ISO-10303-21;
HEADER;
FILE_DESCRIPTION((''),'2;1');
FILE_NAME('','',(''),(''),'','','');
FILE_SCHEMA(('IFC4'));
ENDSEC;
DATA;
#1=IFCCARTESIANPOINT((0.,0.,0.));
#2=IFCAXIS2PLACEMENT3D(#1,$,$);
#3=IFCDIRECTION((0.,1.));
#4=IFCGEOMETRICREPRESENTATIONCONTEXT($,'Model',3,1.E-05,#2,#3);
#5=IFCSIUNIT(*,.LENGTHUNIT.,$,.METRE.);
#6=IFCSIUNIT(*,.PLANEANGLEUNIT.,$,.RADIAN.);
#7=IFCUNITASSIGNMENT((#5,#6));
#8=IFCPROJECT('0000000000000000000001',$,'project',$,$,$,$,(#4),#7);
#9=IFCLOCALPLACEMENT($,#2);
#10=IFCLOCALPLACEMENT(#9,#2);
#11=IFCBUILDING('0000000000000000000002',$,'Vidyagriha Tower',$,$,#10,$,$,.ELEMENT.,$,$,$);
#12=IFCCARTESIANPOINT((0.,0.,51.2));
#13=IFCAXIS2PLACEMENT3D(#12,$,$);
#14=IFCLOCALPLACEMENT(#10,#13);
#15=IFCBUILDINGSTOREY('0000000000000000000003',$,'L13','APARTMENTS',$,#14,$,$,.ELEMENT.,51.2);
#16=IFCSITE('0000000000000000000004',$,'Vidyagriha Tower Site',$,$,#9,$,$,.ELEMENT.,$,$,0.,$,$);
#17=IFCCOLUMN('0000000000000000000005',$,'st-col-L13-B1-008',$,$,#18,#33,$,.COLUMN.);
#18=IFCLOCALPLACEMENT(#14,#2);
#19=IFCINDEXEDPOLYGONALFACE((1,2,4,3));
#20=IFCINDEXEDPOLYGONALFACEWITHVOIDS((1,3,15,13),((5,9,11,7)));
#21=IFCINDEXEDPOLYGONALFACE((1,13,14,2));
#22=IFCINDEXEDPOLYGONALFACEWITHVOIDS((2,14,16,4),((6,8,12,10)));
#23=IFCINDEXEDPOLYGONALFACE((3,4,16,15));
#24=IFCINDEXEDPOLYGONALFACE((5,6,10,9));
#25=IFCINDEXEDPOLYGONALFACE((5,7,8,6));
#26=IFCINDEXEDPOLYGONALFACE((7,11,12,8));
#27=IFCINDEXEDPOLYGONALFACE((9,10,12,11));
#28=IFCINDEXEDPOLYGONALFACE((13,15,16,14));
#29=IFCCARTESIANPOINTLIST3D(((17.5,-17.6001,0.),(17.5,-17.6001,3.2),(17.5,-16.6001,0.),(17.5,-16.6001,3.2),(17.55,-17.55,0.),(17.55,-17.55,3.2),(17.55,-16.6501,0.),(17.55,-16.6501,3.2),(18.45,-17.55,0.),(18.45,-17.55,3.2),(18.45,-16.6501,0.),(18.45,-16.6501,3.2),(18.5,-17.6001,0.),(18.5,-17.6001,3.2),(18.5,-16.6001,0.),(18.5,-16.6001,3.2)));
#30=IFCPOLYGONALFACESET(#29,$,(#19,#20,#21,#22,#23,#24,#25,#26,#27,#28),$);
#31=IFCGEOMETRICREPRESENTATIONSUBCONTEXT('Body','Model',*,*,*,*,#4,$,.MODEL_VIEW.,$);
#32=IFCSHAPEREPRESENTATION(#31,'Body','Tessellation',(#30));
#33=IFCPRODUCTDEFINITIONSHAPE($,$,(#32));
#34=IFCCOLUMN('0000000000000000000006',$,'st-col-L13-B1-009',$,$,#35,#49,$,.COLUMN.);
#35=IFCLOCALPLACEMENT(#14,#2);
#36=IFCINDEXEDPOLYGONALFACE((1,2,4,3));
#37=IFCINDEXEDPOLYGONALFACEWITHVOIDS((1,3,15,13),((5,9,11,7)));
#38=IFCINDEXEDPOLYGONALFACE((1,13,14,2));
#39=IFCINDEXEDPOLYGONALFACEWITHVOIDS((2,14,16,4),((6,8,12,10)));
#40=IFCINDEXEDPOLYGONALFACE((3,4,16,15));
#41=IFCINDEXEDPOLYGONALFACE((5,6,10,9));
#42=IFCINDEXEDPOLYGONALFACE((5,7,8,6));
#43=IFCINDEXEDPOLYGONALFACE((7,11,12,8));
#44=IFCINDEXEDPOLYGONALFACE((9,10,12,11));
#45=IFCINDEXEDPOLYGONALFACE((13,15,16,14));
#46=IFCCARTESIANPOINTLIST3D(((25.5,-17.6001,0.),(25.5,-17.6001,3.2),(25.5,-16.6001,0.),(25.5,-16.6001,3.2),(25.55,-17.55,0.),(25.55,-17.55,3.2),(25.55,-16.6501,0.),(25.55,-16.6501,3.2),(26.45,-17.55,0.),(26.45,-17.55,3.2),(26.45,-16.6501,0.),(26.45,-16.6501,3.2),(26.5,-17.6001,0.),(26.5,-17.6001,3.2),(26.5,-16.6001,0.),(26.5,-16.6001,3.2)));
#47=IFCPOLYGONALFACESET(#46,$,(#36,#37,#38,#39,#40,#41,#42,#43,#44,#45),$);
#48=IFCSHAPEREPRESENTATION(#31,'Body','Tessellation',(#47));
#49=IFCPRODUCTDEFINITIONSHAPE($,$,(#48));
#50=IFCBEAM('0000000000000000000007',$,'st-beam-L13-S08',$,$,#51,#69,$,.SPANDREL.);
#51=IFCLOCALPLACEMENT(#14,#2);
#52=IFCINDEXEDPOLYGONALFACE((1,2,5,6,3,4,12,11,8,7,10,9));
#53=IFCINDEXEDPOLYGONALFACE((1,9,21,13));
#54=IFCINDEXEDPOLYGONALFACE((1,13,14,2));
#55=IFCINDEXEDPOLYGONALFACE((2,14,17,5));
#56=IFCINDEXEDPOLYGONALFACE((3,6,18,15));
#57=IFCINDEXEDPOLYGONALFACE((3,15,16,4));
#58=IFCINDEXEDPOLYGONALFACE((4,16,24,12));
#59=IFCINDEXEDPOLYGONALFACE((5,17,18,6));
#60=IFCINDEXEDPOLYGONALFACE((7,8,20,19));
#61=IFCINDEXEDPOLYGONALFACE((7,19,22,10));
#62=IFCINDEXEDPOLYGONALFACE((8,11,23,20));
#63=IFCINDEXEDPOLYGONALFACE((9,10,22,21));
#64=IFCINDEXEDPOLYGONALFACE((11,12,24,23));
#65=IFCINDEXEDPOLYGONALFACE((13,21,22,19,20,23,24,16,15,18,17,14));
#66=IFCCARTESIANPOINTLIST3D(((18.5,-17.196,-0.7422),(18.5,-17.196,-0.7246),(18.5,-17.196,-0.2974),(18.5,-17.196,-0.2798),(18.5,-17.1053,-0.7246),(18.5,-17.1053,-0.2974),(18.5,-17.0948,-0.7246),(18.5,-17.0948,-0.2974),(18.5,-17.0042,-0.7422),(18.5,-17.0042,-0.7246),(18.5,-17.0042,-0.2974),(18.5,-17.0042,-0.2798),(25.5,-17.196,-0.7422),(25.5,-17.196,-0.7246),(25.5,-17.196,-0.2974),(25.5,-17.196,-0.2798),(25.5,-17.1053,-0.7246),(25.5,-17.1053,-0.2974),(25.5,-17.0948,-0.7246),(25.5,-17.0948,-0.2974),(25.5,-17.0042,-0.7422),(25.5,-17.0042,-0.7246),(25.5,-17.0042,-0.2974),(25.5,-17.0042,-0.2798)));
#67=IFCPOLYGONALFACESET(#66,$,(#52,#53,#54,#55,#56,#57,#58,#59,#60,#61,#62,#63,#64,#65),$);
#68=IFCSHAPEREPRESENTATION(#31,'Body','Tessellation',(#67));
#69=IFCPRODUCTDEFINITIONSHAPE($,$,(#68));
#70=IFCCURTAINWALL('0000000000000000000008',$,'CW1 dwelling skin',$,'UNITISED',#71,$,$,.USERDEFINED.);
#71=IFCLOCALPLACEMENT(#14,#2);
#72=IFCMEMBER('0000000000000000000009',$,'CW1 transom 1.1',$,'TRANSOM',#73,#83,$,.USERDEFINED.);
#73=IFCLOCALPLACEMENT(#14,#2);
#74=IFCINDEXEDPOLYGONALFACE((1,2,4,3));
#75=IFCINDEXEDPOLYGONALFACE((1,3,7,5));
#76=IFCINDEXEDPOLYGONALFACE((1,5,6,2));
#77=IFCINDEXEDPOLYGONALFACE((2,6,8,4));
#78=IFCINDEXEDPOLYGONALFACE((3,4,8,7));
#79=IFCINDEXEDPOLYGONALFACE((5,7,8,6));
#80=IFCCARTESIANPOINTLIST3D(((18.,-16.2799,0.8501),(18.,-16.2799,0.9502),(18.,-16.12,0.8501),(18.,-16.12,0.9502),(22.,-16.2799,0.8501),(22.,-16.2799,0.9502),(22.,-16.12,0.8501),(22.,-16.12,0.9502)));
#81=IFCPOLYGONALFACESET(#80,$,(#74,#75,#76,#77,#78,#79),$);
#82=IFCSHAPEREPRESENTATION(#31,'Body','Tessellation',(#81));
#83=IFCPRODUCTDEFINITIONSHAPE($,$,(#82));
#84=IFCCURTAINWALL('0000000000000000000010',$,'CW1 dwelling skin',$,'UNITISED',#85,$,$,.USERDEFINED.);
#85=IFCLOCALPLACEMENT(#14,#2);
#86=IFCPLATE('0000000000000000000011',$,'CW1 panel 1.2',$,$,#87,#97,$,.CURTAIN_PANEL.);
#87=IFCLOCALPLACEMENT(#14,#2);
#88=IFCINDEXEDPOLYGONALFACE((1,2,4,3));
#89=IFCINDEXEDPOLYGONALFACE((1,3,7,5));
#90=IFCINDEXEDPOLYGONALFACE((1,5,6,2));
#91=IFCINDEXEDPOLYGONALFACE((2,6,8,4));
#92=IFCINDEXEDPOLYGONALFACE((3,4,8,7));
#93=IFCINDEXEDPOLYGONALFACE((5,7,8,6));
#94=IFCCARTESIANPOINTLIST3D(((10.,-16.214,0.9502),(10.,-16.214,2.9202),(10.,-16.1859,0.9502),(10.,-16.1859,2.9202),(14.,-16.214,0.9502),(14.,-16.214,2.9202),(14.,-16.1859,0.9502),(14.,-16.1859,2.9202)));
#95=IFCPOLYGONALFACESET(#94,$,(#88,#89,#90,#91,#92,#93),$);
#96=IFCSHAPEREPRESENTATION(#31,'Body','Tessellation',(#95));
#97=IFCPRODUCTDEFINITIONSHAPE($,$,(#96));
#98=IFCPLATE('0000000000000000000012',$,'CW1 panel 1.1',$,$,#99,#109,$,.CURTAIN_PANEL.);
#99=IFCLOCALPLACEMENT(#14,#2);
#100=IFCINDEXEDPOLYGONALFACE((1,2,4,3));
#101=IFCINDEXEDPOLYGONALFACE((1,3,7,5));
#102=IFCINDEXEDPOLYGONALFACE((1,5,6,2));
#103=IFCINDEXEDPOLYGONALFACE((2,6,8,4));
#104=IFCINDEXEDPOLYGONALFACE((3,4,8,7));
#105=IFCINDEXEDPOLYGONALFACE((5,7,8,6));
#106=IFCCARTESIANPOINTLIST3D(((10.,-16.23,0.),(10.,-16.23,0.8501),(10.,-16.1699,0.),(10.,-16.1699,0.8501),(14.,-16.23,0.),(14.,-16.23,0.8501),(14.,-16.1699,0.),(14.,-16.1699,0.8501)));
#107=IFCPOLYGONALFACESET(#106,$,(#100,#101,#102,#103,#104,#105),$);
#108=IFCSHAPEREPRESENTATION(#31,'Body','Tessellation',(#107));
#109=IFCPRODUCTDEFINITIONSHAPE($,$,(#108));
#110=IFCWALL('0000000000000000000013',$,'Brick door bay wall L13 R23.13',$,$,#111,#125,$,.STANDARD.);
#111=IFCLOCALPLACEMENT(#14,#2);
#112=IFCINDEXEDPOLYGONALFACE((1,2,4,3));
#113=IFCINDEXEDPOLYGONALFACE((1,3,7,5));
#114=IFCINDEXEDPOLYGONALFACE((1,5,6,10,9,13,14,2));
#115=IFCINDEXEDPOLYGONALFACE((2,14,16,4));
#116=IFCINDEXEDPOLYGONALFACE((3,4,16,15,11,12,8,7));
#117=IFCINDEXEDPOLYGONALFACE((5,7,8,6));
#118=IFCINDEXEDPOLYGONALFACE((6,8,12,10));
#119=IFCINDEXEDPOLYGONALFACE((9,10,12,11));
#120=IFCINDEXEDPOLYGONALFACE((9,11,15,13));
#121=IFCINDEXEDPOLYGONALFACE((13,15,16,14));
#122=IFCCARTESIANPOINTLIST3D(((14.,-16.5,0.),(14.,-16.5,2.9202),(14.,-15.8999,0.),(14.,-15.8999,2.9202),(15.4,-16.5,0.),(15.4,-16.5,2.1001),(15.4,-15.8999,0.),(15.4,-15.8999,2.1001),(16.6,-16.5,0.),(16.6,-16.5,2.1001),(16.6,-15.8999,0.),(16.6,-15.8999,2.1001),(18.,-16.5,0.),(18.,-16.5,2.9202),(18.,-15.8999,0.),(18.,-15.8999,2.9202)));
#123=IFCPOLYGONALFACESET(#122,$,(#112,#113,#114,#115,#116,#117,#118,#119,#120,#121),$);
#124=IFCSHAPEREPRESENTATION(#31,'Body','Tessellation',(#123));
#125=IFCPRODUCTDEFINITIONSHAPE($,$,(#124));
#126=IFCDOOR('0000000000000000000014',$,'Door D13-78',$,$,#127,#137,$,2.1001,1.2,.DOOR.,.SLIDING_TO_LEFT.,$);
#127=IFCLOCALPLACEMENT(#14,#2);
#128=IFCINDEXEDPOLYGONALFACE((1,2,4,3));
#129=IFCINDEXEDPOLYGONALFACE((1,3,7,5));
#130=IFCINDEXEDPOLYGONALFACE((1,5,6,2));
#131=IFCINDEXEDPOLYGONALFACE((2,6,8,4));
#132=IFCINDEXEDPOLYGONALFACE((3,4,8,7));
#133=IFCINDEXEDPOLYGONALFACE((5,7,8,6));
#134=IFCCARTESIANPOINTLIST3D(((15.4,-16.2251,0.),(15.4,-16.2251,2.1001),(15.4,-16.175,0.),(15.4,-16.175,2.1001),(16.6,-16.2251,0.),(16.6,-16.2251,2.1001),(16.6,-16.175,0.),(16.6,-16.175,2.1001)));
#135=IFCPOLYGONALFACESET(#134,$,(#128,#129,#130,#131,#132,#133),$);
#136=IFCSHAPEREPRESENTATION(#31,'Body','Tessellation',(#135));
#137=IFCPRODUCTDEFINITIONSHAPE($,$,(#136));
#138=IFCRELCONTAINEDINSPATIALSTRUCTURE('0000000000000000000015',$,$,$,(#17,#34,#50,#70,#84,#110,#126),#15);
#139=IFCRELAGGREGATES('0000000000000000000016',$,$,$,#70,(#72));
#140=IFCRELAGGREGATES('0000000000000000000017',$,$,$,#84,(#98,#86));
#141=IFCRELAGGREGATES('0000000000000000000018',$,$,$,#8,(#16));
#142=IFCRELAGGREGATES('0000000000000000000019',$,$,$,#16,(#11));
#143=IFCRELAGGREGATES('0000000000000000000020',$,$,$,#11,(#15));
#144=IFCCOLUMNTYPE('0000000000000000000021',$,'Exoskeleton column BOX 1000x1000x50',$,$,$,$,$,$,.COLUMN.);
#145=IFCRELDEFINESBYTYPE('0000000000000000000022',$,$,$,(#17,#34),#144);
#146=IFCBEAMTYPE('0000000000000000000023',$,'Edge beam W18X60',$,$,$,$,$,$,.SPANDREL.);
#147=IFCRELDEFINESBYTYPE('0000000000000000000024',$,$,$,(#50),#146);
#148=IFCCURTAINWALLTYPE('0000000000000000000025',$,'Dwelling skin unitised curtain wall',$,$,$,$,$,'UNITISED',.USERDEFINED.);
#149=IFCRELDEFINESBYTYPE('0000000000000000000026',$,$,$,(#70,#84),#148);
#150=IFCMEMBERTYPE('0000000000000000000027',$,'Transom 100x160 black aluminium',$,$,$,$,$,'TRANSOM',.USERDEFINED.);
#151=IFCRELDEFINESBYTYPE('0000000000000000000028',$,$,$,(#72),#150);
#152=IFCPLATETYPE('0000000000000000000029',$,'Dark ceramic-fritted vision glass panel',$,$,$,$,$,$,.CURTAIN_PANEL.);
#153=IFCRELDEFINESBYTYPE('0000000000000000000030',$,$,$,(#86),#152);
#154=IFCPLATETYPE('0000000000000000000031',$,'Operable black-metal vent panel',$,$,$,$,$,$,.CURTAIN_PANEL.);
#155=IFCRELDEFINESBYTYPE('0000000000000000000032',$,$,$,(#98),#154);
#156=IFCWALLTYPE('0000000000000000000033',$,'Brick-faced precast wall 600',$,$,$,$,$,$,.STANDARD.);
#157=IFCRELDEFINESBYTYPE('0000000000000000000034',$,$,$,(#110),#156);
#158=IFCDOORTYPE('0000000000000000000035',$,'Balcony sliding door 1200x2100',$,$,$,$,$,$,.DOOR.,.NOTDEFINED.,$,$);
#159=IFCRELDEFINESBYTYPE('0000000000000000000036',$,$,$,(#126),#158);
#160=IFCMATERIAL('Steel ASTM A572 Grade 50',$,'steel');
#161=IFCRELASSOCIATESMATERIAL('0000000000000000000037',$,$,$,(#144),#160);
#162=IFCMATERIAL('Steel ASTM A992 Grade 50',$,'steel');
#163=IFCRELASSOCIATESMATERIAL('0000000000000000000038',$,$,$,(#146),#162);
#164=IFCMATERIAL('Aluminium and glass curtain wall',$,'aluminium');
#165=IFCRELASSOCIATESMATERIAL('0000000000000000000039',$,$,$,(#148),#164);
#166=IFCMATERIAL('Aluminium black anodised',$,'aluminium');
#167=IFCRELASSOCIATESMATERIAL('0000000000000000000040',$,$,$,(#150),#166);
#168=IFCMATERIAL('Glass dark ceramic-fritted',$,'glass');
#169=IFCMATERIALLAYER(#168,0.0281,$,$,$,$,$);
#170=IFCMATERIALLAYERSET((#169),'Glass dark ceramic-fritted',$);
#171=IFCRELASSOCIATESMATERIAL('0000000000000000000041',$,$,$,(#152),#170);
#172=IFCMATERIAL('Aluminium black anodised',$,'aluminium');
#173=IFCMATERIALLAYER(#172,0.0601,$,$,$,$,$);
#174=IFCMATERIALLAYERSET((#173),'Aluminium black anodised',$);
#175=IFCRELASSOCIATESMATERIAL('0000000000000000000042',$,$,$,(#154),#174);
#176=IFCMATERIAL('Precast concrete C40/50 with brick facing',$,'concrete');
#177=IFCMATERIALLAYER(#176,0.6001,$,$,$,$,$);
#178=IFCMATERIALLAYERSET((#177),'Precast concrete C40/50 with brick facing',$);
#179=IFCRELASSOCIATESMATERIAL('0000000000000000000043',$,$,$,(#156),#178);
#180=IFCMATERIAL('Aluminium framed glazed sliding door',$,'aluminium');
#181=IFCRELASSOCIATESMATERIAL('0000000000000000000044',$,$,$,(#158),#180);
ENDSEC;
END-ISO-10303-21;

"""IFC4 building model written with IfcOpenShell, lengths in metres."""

from ifc_helpers import new_model, si_unit, direction, frame, frame_2d, origin, origin_2d, place, context, subcontext, project, spatial, rectangle, hollow_rectangle, i_section, extrude, material, layer, layer_set, material_profile, profile_set, type_object, element, fill, aggregate, save


model = new_model("IFC4")

# Units and contexts
model_context = context("Model", 3, precision=1e-05, world=origin(), true_north=direction((0.0, 1.0)))
body_context = subcontext(model_context, "Body", "Model", "MODEL_VIEW")
ifc_project = project(units=[si_unit("LENGTHUNIT", "METRE"), si_unit("PLANEANGLEUNIT", "RADIAN")], contexts=[model_context])

# Site, building, storey
site_placement = place(None, origin())
site = spatial("IfcSite", under=ifc_project, at=site_placement, Name="Vidyagriha Tower Site", CompositionType="ELEMENT", RefElevation=0.0)
building_placement = place(site_placement, origin())
building = spatial("IfcBuilding", under=site, at=building_placement, Name="Vidyagriha Tower", CompositionType="ELEMENT")
storey_placement = place(building_placement, frame((0.0, 0.0, 51.2)))
storey = spatial("IfcBuildingStorey", under=building, at=storey_placement, Name="L13", Description="APARTMENTS", CompositionType="ELEMENT", Elevation=51.2)

# Columns
ifc_material_1 = material(Name="Steel ASTM A572 Grade 50", Category="steel")
ifc_material_profile_1 = material_profile(ifc_material_1, hollow_rectangle(XDim=1.0, YDim=1.0, WallThickness=0.05, at=origin_2d()), Name="BOX 1000x1000x50")
ifc_profile_set_1 = profile_set([ifc_material_profile_1], Name="Steel ASTM A572 Grade 50")
column_type = type_object("IfcColumnType", Name="Exoskeleton column BOX 1000x1000x50", PredefinedType="COLUMN", material=ifc_profile_set_1)
for number, where, name in (
    (1, (18.0, -17.1001, 0.0), "st-col-L13-B1-008"),
    (2, (26.0, -17.1001, 0.0), "st-col-L13-B1-009"),
):
    element("IfcColumn", number, at=place(storey_placement, frame(where)), inside=storey, type_object=column_type, Name=name, PredefinedType="COLUMN", context=body_context, shape_type="SweptSolid", body=[
        extrude(hollow_rectangle(XDim=1.0, YDim=1.0, WallThickness=0.05, at=origin_2d()), origin(), (0.0, 0.0, 1.0), 3.2),
    ])

# Beam
ifc_material_2 = material(Name="Steel ASTM A992 Grade 50", Category="steel")
ifc_material_profile_2 = material_profile(ifc_material_2, i_section(OverallWidth=0.1919, OverallDepth=0.4624, WebThickness=0.0105, FlangeThickness=0.0176, at=origin_2d()), Name="W18X60")
ifc_profile_set_2 = profile_set([ifc_material_profile_2], Name="Steel ASTM A992 Grade 50")
beam_type = type_object("IfcBeamType", Name="Edge beam W18X60", PredefinedType="SPANDREL", material=ifc_profile_set_2)
beam_placement = place(storey_placement, frame((18.5, -17.1001, -0.511), z_axis=(1.0, 0.0, 0.0), x_axis=(0.0, 1.0, 0.0)))
element("IfcBeam", 3, at=beam_placement, inside=storey, type_object=beam_type, Name="st-beam-L13-S08", PredefinedType="SPANDREL", context=body_context, shape_type="SweptSolid", body=[
    extrude(i_section(OverallWidth=0.1919, OverallDepth=0.4624, WebThickness=0.0105, FlangeThickness=0.0176, at=origin_2d()), origin(), (0.0, 0.0, 1.0), 7.0),
])

# Curtain wall, member
ifc_material_3 = material(Name="Aluminium and glass curtain wall", Category="aluminium")
curtain_wall_type = type_object("IfcCurtainWallType", Name="Dwelling skin unitised curtain wall", ElementType="UNITISED", PredefinedType="USERDEFINED", material=ifc_material_3)
curtain_wall_1_placement = place(storey_placement, origin())
curtain_wall_1 = element("IfcCurtainWall", 4, at=curtain_wall_1_placement, inside=storey, type_object=curtain_wall_type, Name="CW1 dwelling skin", ObjectType="UNITISED", PredefinedType="USERDEFINED")
ifc_material_4 = material(Name="Aluminium black anodised", Category="aluminium")
ifc_material_profile_3 = material_profile(ifc_material_4, rectangle(XDim=0.1599, YDim=0.1001, at=origin_2d()), Name="Transom 100x160 black aluminium")
ifc_profile_set_3 = profile_set([ifc_material_profile_3], Name="Aluminium black anodised")
member_type = type_object("IfcMemberType", Name="Transom 100x160 black aluminium", ElementType="TRANSOM", PredefinedType="USERDEFINED", material=ifc_profile_set_3)
member_placement = place(storey_placement, frame((18.0, -16.2, 0.9001), z_axis=(1.0, 0.0, 0.0), x_axis=(0.0, 1.0, 0.0)))
member = element("IfcMember", 5, at=member_placement, type_object=member_type, Name="CW1 transom 1.1", ObjectType="TRANSOM", PredefinedType="USERDEFINED", context=body_context, shape_type="SweptSolid", body=[
    extrude(rectangle(XDim=0.1599, YDim=0.1001, at=origin_2d()), origin(), (0.0, 0.0, 1.0), 4.0),
])
aggregate(curtain_wall_1, [member])

# Curtain wall, plates
curtain_wall_2_placement = place(storey_placement, origin())
curtain_wall_2 = element("IfcCurtainWall", 6, at=curtain_wall_2_placement, inside=storey, type_object=curtain_wall_type, Name="CW1 dwelling skin", ObjectType="UNITISED", PredefinedType="USERDEFINED")
ifc_material_5 = material(Name="Glass dark ceramic-fritted", Category="glass")
ifc_layer_1 = layer(ifc_material_5, 0.0281)
ifc_layer_set_1 = layer_set([ifc_layer_1], Name="Glass dark ceramic-fritted")
plate_type_1 = type_object("IfcPlateType", Name="Dark ceramic-fritted vision glass panel", PredefinedType="CURTAIN_PANEL", material=ifc_layer_set_1)
plate_1_placement = place(storey_placement, frame((12.0, -16.2, 0.9502)))
plate_1 = element("IfcPlate", 7, at=plate_1_placement, type_object=plate_type_1, Name="CW1 panel 1.2", PredefinedType="CURTAIN_PANEL", context=body_context, shape_type="SweptSolid", body=[
    extrude(rectangle(XDim=4.0, YDim=0.0281, at=origin_2d()), origin(), (0.0, 0.0, 1.0), 1.97),
])
ifc_material_6 = material(Name="Aluminium black anodised", Category="aluminium")
ifc_layer_2 = layer(ifc_material_6, 0.0601)
ifc_layer_set_2 = layer_set([ifc_layer_2], Name="Aluminium black anodised")
plate_type_2 = type_object("IfcPlateType", Name="Operable black-metal vent panel", PredefinedType="CURTAIN_PANEL", material=ifc_layer_set_2)
plate_2_placement = place(storey_placement, frame((12.0, -16.2, 0.0)))
plate_2 = element("IfcPlate", 8, at=plate_2_placement, type_object=plate_type_2, Name="CW1 panel 1.1", PredefinedType="CURTAIN_PANEL", context=body_context, shape_type="SweptSolid", body=[
    extrude(rectangle(XDim=4.0, YDim=0.0601, at=origin_2d()), origin(), (0.0, 0.0, 1.0), 0.8501),
])
aggregate(curtain_wall_2, [plate_2, plate_1])

# Wall, opening, door
ifc_material_7 = material(Name="Precast concrete C40/50 with brick facing", Category="concrete")
ifc_layer_3 = layer(ifc_material_7, 0.6001)
ifc_layer_set_3 = layer_set([ifc_layer_3], Name="Precast concrete C40/50 with brick facing")
wall_type = type_object("IfcWallType", Name="Brick-faced precast wall 600", PredefinedType="STANDARD", material=ifc_layer_set_3)
wall_placement = place(storey_placement, frame((14.0, -16.2, 0.0)))
wall = element("IfcWall", 9, at=wall_placement, inside=storey, type_object=wall_type, Name="Brick door bay wall L13 R23.13", PredefinedType="STANDARD", context=body_context, shape_type="SweptSolid", body=[
    extrude(rectangle(XDim=4.0, YDim=0.6001, at=frame_2d((2.0, 0.0))), origin(), (0.0, 0.0, 1.0), 2.9202),
])
opening_placement = place(wall_placement, frame((1.3999, 0.0, 0.0)))
opening = element("IfcOpeningElement", 10, at=opening_placement, cuts=wall, PredefinedType="OPENING", context=body_context, shape_type="SweptSolid", body=[
    extrude(rectangle(XDim=1.2, YDim=2.1001, at=frame_2d((0.6001, 1.05))), frame((0.0, 0.3101, 0.0), z_axis=(0.0, -1.0, 0.0), x_axis=(1.0, 0.0, 0.0)), (0.0, 0.0, 1.0), 0.6201),
])
ifc_material_8 = material(Name="Aluminium framed glazed sliding door", Category="aluminium")
door_type = type_object("IfcDoorType", Name="Balcony sliding door 1200x2100", OperationType="NOTDEFINED", PredefinedType="DOOR", material=ifc_material_8)
door_placement = place(opening_placement, origin())
door = element("IfcDoor", 11, at=door_placement, inside=storey, type_object=door_type, Name="Door D13-78", OperationType="SLIDING_TO_LEFT", OverallHeight=2.1001, OverallWidth=1.2, PredefinedType="DOOR", context=body_context, shape_type="SweptSolid", body=[
    extrude(rectangle(XDim=1.2, YDim=2.1001, at=frame_2d((0.6001, 1.05))), frame((0.0, 0.0249, 0.0), z_axis=(0.0, -1.0, 0.0), x_axis=(1.0, 0.0, 0.0)), (0.0, 0.0, 1.0), 0.05),
])
fill(opening, door)

save(model, "model.ifc")
